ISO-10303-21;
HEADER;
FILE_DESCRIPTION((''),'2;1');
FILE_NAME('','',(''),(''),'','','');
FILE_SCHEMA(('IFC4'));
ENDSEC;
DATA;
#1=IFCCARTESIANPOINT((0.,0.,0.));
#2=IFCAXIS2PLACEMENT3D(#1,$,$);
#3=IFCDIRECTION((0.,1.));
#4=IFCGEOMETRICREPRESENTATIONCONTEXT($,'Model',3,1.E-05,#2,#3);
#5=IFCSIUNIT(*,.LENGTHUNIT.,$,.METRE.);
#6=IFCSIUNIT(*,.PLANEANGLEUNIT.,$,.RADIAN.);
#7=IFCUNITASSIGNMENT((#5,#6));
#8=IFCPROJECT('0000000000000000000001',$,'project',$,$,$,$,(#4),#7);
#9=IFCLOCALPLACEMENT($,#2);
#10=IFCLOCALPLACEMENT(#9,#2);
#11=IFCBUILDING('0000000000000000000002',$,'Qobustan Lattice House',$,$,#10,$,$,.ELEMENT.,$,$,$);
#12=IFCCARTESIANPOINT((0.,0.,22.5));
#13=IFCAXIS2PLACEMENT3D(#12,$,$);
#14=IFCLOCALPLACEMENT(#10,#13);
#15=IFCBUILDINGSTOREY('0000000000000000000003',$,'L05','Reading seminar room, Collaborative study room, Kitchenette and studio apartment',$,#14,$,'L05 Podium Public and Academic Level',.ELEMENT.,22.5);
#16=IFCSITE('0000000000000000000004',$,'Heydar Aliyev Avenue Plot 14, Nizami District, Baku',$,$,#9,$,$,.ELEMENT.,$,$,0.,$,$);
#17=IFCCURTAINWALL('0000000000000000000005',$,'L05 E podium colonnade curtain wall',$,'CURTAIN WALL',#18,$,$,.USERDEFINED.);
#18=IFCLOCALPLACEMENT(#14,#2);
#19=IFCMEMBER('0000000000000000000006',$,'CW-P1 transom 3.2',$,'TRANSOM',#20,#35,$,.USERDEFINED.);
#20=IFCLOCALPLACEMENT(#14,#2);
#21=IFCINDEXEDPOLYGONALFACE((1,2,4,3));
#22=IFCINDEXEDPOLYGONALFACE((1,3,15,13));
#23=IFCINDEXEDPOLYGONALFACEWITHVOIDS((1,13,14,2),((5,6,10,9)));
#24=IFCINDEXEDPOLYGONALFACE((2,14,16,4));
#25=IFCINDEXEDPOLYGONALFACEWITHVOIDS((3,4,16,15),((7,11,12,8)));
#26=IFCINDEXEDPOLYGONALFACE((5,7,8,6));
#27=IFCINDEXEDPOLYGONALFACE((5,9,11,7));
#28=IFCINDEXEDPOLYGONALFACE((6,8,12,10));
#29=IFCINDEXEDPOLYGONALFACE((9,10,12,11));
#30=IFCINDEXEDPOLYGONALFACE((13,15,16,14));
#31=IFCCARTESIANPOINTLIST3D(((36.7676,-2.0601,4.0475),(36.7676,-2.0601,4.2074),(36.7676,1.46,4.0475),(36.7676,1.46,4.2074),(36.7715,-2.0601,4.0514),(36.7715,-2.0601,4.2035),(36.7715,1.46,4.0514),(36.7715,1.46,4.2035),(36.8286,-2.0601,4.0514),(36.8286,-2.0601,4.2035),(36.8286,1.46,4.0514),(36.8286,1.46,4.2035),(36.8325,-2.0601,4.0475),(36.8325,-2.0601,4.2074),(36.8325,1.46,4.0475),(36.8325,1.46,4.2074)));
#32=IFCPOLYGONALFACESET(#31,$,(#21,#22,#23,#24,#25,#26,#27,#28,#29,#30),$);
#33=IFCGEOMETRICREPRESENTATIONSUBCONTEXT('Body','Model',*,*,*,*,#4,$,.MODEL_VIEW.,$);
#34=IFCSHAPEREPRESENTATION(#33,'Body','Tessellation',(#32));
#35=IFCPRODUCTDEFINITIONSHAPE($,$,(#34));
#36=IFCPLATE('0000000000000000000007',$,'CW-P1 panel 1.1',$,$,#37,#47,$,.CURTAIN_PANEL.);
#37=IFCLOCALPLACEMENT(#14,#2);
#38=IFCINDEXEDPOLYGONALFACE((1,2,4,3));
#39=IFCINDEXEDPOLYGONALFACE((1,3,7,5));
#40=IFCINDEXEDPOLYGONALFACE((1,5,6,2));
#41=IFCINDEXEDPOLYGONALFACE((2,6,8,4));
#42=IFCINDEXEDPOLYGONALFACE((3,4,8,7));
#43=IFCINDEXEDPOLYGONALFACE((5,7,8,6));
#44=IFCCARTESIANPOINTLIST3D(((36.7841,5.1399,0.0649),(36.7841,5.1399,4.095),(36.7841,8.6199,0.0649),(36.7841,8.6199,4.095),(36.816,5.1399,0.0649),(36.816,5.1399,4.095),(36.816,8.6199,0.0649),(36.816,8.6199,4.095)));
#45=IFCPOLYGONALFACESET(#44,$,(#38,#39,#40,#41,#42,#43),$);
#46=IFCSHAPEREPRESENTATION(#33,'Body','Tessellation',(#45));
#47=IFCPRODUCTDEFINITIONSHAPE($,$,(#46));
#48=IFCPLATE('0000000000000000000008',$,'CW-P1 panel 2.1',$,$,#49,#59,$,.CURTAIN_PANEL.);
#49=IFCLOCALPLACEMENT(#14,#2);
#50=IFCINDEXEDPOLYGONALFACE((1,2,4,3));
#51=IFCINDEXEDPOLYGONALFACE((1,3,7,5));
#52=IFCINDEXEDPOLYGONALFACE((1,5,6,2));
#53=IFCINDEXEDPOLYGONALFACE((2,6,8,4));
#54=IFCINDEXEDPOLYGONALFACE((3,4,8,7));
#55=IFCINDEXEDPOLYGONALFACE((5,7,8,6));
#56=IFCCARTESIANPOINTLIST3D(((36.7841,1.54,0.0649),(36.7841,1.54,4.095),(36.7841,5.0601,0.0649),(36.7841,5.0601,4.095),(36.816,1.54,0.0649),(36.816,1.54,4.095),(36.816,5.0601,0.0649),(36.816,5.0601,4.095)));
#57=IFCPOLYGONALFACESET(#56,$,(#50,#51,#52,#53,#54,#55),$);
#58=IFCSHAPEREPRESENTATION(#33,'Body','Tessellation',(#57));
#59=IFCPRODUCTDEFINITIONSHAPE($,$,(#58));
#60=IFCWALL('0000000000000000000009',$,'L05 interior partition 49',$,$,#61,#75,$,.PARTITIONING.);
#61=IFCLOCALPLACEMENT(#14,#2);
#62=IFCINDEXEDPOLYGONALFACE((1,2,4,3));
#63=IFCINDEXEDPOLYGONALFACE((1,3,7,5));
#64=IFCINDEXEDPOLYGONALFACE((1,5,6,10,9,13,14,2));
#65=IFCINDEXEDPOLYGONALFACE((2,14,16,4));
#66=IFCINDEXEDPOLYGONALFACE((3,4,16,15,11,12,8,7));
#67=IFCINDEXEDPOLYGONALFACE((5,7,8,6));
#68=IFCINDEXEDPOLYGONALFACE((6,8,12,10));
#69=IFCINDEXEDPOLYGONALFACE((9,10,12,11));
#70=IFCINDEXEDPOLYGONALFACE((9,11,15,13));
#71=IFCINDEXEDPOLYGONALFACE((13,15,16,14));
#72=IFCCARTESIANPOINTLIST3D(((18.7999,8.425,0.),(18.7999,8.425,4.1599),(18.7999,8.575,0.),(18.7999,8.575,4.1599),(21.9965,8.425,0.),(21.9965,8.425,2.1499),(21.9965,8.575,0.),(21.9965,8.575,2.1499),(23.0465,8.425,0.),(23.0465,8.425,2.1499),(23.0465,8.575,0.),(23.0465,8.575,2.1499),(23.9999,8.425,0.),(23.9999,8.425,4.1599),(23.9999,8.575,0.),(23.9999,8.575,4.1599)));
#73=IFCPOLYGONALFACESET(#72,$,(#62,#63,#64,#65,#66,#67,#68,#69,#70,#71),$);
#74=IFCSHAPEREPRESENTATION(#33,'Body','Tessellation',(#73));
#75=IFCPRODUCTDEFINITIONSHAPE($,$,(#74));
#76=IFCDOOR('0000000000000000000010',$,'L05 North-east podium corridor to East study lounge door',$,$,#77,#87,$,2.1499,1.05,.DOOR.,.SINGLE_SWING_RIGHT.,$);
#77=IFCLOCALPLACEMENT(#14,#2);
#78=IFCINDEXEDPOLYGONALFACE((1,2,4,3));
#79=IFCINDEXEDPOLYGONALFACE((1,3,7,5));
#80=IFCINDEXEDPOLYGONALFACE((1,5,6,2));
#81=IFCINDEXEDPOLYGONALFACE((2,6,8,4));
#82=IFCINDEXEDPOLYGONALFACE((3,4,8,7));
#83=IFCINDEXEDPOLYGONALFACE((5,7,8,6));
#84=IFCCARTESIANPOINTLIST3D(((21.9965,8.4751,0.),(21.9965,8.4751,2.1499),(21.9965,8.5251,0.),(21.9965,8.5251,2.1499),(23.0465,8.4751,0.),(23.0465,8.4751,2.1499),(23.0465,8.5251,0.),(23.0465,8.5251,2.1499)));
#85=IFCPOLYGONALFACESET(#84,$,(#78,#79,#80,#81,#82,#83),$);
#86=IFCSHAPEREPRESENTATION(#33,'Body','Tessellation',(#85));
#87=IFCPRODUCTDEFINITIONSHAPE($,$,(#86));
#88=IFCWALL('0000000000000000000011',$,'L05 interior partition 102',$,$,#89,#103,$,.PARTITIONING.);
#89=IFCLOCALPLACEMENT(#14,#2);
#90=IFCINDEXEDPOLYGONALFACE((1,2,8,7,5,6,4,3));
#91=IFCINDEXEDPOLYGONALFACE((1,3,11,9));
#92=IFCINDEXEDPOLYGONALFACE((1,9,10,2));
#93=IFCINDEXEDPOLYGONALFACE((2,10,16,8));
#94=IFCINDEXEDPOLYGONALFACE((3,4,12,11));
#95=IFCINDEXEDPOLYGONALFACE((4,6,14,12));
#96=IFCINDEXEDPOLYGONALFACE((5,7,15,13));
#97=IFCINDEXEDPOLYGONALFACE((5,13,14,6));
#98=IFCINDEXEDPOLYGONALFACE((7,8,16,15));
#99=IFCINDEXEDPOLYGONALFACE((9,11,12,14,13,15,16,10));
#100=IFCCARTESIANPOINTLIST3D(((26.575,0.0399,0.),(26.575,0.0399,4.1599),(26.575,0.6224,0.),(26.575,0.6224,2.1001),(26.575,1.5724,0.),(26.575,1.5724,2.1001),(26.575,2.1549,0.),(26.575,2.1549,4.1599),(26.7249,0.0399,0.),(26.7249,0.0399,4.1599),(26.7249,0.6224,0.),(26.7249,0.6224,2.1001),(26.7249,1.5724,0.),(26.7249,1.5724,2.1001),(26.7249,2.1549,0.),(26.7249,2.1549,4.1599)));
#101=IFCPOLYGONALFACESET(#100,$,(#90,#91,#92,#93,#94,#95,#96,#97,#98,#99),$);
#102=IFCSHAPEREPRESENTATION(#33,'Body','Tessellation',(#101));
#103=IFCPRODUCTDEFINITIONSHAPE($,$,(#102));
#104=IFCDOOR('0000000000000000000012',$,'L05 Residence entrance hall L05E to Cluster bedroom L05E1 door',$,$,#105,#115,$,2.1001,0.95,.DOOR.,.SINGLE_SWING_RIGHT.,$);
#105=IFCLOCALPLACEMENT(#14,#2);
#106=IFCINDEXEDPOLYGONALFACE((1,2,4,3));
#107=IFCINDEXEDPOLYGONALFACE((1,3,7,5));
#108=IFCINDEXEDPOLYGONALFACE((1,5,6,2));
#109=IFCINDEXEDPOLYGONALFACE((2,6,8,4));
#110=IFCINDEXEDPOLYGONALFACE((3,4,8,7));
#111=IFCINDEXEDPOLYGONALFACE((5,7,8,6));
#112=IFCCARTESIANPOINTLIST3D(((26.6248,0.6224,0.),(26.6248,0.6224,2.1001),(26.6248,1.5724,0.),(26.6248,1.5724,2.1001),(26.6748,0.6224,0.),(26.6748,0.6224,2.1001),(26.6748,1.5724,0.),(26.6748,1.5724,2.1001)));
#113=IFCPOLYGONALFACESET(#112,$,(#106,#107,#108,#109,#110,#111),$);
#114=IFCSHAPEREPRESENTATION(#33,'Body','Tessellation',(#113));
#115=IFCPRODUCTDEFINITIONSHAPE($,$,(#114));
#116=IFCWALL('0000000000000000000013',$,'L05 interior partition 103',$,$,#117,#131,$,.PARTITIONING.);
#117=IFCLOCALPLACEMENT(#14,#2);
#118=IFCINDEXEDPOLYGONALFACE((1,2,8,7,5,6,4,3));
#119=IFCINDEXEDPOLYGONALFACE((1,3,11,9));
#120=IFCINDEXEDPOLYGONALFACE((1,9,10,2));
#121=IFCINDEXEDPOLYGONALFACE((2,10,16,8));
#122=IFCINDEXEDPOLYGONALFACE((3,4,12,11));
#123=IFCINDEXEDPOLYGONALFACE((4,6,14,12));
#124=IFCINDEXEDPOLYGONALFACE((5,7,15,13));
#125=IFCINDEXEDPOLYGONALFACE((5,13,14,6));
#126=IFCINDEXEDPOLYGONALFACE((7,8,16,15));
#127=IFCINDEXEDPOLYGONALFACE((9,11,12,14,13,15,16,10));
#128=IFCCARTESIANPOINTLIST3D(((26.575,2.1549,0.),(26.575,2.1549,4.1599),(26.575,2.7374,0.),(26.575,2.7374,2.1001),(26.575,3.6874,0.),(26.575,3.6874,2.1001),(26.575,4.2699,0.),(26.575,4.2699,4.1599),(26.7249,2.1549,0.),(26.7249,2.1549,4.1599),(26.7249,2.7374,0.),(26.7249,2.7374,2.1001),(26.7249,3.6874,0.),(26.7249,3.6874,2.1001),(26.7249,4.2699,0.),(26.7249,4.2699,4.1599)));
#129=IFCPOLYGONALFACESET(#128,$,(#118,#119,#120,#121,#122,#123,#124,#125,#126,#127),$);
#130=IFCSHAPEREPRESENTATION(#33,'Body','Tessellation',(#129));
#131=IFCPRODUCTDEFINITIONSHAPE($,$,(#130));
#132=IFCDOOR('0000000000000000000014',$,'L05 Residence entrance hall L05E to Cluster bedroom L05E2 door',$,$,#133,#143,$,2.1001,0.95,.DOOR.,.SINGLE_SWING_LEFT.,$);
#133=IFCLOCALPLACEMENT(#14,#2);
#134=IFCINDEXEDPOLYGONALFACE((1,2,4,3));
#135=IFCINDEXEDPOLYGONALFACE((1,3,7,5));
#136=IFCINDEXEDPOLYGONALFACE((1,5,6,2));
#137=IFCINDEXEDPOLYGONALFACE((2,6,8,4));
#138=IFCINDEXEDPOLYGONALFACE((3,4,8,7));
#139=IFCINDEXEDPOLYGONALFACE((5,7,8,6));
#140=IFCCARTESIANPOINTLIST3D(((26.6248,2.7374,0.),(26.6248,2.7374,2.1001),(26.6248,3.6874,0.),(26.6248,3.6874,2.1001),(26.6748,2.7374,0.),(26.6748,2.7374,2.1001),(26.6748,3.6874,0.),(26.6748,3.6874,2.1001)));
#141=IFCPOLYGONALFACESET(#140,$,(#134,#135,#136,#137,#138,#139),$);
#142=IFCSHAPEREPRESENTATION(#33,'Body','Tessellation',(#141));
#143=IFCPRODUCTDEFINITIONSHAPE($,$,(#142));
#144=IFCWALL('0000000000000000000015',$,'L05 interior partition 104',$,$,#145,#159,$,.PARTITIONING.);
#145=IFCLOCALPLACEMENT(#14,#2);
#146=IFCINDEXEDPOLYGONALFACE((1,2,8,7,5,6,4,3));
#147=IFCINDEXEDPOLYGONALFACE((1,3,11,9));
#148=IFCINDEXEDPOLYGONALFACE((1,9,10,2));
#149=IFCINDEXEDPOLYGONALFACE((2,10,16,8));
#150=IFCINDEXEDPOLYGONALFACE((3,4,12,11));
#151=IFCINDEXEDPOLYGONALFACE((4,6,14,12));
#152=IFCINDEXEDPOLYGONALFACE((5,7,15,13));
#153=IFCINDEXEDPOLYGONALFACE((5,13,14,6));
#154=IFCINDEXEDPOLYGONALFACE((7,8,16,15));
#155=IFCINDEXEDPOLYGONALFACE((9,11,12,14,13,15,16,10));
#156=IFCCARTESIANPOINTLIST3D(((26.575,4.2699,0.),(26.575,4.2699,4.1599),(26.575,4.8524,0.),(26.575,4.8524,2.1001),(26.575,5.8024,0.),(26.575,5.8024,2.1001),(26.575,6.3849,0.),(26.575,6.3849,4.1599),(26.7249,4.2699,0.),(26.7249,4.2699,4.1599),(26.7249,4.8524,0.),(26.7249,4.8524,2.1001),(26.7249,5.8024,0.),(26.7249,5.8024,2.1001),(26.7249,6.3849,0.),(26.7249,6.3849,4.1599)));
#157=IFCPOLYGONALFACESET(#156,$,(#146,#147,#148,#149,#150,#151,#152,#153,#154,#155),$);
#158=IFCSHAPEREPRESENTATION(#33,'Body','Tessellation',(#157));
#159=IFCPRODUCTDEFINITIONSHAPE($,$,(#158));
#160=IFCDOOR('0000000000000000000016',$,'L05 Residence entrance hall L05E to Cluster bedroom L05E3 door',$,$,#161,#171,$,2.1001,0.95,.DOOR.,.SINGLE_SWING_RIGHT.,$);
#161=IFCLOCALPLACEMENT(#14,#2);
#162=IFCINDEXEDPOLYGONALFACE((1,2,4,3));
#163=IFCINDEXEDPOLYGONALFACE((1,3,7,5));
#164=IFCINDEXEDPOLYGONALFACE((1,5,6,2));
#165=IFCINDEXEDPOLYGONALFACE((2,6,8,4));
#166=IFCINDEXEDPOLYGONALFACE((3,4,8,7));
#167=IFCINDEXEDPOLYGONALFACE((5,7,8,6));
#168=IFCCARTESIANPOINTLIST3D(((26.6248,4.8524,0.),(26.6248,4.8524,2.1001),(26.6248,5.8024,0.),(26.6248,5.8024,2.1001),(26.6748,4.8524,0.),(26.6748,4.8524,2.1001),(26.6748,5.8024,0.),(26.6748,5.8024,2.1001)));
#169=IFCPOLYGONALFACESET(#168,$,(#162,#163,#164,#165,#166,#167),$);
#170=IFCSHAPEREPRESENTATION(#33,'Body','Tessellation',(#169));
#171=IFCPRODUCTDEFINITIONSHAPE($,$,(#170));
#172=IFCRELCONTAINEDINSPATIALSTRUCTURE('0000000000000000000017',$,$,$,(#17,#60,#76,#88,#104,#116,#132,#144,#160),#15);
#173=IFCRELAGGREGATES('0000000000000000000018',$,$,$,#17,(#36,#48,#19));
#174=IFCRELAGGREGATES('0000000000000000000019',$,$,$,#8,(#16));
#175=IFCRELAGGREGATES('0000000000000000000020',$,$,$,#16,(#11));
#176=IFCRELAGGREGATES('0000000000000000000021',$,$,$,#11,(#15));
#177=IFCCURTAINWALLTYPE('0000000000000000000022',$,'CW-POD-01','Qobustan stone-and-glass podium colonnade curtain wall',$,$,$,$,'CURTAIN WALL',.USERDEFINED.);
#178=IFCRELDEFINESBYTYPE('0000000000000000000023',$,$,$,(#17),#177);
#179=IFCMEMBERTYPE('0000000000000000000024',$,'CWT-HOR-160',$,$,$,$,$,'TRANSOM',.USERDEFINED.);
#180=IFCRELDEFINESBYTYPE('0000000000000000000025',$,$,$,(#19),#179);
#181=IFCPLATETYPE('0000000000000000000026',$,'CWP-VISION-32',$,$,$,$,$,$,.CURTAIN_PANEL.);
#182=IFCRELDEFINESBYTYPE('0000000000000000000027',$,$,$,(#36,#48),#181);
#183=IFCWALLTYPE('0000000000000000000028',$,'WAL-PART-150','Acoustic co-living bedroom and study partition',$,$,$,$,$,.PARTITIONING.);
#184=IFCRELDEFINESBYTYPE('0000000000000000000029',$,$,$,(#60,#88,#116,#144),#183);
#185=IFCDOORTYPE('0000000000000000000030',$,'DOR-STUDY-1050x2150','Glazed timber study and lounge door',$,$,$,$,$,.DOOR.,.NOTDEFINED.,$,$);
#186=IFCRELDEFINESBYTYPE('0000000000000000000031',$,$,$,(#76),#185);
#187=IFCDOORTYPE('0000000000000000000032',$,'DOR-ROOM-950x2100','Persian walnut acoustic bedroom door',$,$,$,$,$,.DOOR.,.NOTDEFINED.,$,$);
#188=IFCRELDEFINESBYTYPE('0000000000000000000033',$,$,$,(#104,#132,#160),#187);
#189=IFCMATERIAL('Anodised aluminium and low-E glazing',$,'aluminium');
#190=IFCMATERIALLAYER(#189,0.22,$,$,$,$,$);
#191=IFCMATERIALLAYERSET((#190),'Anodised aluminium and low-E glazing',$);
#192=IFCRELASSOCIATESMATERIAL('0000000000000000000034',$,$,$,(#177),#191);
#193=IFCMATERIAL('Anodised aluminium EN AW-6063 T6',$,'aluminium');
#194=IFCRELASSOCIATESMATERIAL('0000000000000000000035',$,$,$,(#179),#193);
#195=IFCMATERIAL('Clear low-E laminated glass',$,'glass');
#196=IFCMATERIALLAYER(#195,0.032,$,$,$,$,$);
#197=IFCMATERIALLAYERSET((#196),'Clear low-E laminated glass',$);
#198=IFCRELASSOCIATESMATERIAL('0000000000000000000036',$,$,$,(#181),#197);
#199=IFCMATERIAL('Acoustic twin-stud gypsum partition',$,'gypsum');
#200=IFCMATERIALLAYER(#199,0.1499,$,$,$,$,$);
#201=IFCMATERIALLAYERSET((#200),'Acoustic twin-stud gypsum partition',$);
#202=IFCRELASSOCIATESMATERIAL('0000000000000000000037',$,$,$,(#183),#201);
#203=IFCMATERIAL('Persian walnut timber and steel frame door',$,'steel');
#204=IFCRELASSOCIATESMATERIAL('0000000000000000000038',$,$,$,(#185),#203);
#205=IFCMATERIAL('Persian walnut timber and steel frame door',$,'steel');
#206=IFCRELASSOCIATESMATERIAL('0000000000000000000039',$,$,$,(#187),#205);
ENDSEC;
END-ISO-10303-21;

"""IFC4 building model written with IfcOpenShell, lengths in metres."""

from ifc_helpers import new_model, si_unit, direction, frame, frame_2d, origin, origin_2d, place, context, subcontext, project, spatial, rectangle, hollow_rectangle, extrude, material, layer, layer_set, material_profile, profile_set, type_object, element, fill, aggregate, save


model = new_model("IFC4")

# Units and contexts
model_context = context("Model", 3, precision=1e-05, world=origin(), true_north=direction((0.0, 1.0)))
body_context = subcontext(model_context, "Body", "Model", "MODEL_VIEW")
ifc_project = project(units=[si_unit("LENGTHUNIT", "METRE"), si_unit("PLANEANGLEUNIT", "RADIAN")], contexts=[model_context])

# Site, building, storey
site_placement = place(None, origin())
site = spatial("IfcSite", under=ifc_project, at=site_placement, Name="Heydar Aliyev Avenue Plot 14, Nizami District, Baku", CompositionType="ELEMENT", RefElevation=0.0)
building_placement = place(site_placement, origin())
building = spatial("IfcBuilding", under=site, at=building_placement, Name="Qobustan Lattice House", CompositionType="ELEMENT")
storey_placement = place(building_placement, frame((0.0, 0.0, 22.5)))
storey = spatial("IfcBuildingStorey", under=building, at=storey_placement, Name="L05", Description="Reading seminar room, Collaborative study room, Kitchenette and studio apartment", LongName="L05 Podium Public and Academic Level", CompositionType="ELEMENT", Elevation=22.5)

# Curtain wall, member, plates
ifc_material_1 = material(Name="Anodised aluminium and low-E glazing", Category="aluminium")
ifc_layer_1 = layer(ifc_material_1, 0.22)
ifc_layer_set_1 = layer_set([ifc_layer_1], Name="Anodised aluminium and low-E glazing")
curtain_wall_type = type_object("IfcCurtainWallType", Name="CW-POD-01", Description="Qobustan stone-and-glass podium colonnade curtain wall", ElementType="CURTAIN WALL", PredefinedType="USERDEFINED", material=ifc_layer_set_1)
curtain_wall_placement = place(storey_placement, origin())
curtain_wall = element("IfcCurtainWall", 1, at=curtain_wall_placement, inside=storey, type_object=curtain_wall_type, Name="L05 E podium colonnade curtain wall", ObjectType="CURTAIN WALL", PredefinedType="USERDEFINED")
ifc_material_2 = material(Name="Anodised aluminium EN AW-6063 T6", Category="aluminium")
ifc_material_profile_1 = material_profile(ifc_material_2, hollow_rectangle(XDim=0.0649, YDim=0.1599, WallThickness=0.0039, at=origin_2d()), Name="CWT-160x65")
ifc_profile_set_1 = profile_set([ifc_material_profile_1], Name="Anodised aluminium EN AW-6063 T6")
member_type_1 = type_object("IfcMemberType", Name="CWT-HOR-160", ElementType="TRANSOM", PredefinedType="USERDEFINED", material=ifc_profile_set_1)
member_1_placement = place(storey_placement, frame((36.8, 1.46, 4.1274), z_axis=(0.0, -1.0, 0.0), x_axis=(1.0, 0.0, 0.0)))
member_1 = element("IfcMember", 2, at=member_1_placement, type_object=member_type_1, Name="CW-P1 transom 3.2", ObjectType="TRANSOM", PredefinedType="USERDEFINED", context=body_context, shape_type="SweptSolid", body=[
    extrude(hollow_rectangle(XDim=0.0649, YDim=0.1599, WallThickness=0.0039, at=origin_2d()), origin(), (0.0, 0.0, 1.0), 3.52),
])
ifc_material_3 = material(Name="Clear low-E laminated glass", Category="glass")
ifc_layer_2 = layer(ifc_material_3, 0.032)
ifc_layer_set_2 = layer_set([ifc_layer_2], Name="Clear low-E laminated glass")
plate_type = type_object("IfcPlateType", Name="CWP-VISION-32", PredefinedType="CURTAIN_PANEL", material=ifc_layer_set_2)
plate_1_placement = place(storey_placement, frame((36.8, 6.8799, 0.0649), z_axis=(0.0, 0.0, 1.0), x_axis=(0.0, -1.0, 0.0)))
plate_1 = element("IfcPlate", 3, at=plate_1_placement, type_object=plate_type, Name="CW-P1 panel 1.1", PredefinedType="CURTAIN_PANEL", context=body_context, shape_type="SweptSolid", body=[
    extrude(rectangle(XDim=3.48, YDim=0.032, at=origin_2d()), origin(), (0.0, 0.0, 1.0), 4.03),
])
plate_2_placement = place(storey_placement, frame((36.8, 3.3, 0.0649), z_axis=(0.0, 0.0, 1.0), x_axis=(0.0, -1.0, 0.0)))
plate_2 = element("IfcPlate", 4, at=plate_2_placement, type_object=plate_type, Name="CW-P1 panel 2.1", PredefinedType="CURTAIN_PANEL", context=body_context, shape_type="SweptSolid", body=[
    extrude(rectangle(XDim=3.52, YDim=0.032, at=origin_2d()), origin(), (0.0, 0.0, 1.0), 4.03),
])
aggregate(curtain_wall, [plate_1, plate_2, member_1])

# Walls, openings, doors
ifc_material_4 = material(Name="Acoustic twin-stud gypsum partition", Category="gypsum")
ifc_layer_3 = layer(ifc_material_4, 0.1499)
ifc_layer_set_3 = layer_set([ifc_layer_3], Name="Acoustic twin-stud gypsum partition")
wall_type = type_object("IfcWallType", Name="WAL-PART-150", Description="Acoustic co-living bedroom and study partition", PredefinedType="PARTITIONING", material=ifc_layer_set_3)
wall_1_placement = place(storey_placement, frame((24.0, 8.5, 0.0), z_axis=(0.0, 0.0, 1.0), x_axis=(-1.0, 0.0, 0.0)))
wall_1 = element("IfcWall", 5, at=wall_1_placement, inside=storey, type_object=wall_type, Name="L05 interior partition 49", PredefinedType="PARTITIONING", context=body_context, shape_type="SweptSolid", body=[
    extrude(rectangle(XDim=5.2, YDim=0.1499, at=frame_2d((2.6001, 0.0))), origin(), (0.0, 0.0, 1.0), 4.1599),
])
opening_1_placement = place(wall_1_placement, frame((0.9536, 0.0, 0.0)))
opening_1 = element("IfcOpeningElement", 6, at=opening_1_placement, cuts=wall_1, PredefinedType="OPENING", context=body_context, shape_type="SweptSolid", body=[
    extrude(rectangle(XDim=1.05, YDim=2.1499, at=frame_2d((0.5249, 1.075))), frame((0.0, 0.085, 0.0), z_axis=(0.0, -1.0, 0.0), x_axis=(1.0, 0.0, 0.0)), (0.0, 0.0, 1.0), 0.1699),
])
ifc_material_5 = material(Name="Persian walnut timber and steel frame door", Category="steel")
door_type_1 = type_object("IfcDoorType", Name="DOR-STUDY-1050x2150", Description="Glazed timber study and lounge door", OperationType="NOTDEFINED", PredefinedType="DOOR", material=ifc_material_5)
door_1_placement = place(opening_1_placement, origin())
door_1 = element("IfcDoor", 7, at=door_1_placement, inside=storey, type_object=door_type_1, Name="L05 North-east podium corridor to East study lounge door", OperationType="SINGLE_SWING_RIGHT", OverallHeight=2.1499, OverallWidth=1.05, PredefinedType="DOOR", context=body_context, shape_type="SweptSolid", body=[
    extrude(rectangle(XDim=1.05, YDim=2.1499, at=frame_2d((0.5249, 1.075))), frame((0.0, 0.0249, 0.0), z_axis=(0.0, -1.0, 0.0), x_axis=(1.0, 0.0, 0.0)), (0.0, 0.0, 1.0), 0.05),
])
fill(opening_1, door_1)
wall_2_placement = place(storey_placement, frame((26.6499, 2.155, 0.0), z_axis=(0.0, 0.0, 1.0), x_axis=(0.0, -1.0, 0.0)))
wall_2 = element("IfcWall", 8, at=wall_2_placement, inside=storey, type_object=wall_type, Name="L05 interior partition 102", PredefinedType="PARTITIONING", context=body_context, shape_type="SweptSolid", body=[
    extrude(rectangle(XDim=2.115, YDim=0.1499, at=frame_2d((1.0576, 0.0))), origin(), (0.0, 0.0, 1.0), 4.1599),
])
opening_2_placement = place(wall_2_placement, frame((0.5825, 0.0, 0.0)))
opening_2 = element("IfcOpeningElement", 9, at=opening_2_placement, cuts=wall_2, PredefinedType="OPENING", context=body_context, shape_type="SweptSolid", body=[
    extrude(rectangle(XDim=0.95, YDim=2.1001, at=frame_2d((0.4751, 1.05))), frame((0.0, 0.085, 0.0), z_axis=(0.0, -1.0, 0.0), x_axis=(1.0, 0.0, 0.0)), (0.0, 0.0, 1.0), 0.1699),
])
ifc_material_6 = material(Name="Persian walnut timber and steel frame door", Category="steel")
door_type_2 = type_object("IfcDoorType", Name="DOR-ROOM-950x2100", Description="Persian walnut acoustic bedroom door", OperationType="NOTDEFINED", PredefinedType="DOOR", material=ifc_material_6)
door_2_placement = place(opening_2_placement, origin())
door_2 = element("IfcDoor", 10, at=door_2_placement, inside=storey, type_object=door_type_2, Name="L05 Residence entrance hall L05E to Cluster bedroom L05E1 door", OperationType="SINGLE_SWING_RIGHT", OverallHeight=2.1001, OverallWidth=0.95, PredefinedType="DOOR", context=body_context, shape_type="SweptSolid", body=[
    extrude(rectangle(XDim=0.95, YDim=2.1001, at=frame_2d((0.4751, 1.05))), frame((0.0, 0.0249, 0.0), z_axis=(0.0, -1.0, 0.0), x_axis=(1.0, 0.0, 0.0)), (0.0, 0.0, 1.0), 0.05),
])
fill(opening_2, door_2)
wall_3_placement = place(storey_placement, frame((26.6499, 4.27, 0.0), z_axis=(0.0, 0.0, 1.0), x_axis=(0.0, -1.0, 0.0)))
wall_3 = element("IfcWall", 11, at=wall_3_placement, inside=storey, type_object=wall_type, Name="L05 interior partition 103", PredefinedType="PARTITIONING", context=body_context, shape_type="SweptSolid", body=[
    extrude(rectangle(XDim=2.115, YDim=0.1499, at=frame_2d((1.0576, 0.0))), origin(), (0.0, 0.0, 1.0), 4.1599),
])
opening_3_placement = place(wall_3_placement, frame((0.5825, 0.0, 0.0)))
opening_3 = element("IfcOpeningElement", 12, at=opening_3_placement, cuts=wall_3, PredefinedType="OPENING", context=body_context, shape_type="SweptSolid", body=[
    extrude(rectangle(XDim=0.95, YDim=2.1001, at=frame_2d((0.4751, 1.05))), frame((0.0, 0.085, 0.0), z_axis=(0.0, -1.0, 0.0), x_axis=(1.0, 0.0, 0.0)), (0.0, 0.0, 1.0), 0.1699),
])
door_3_placement = place(opening_3_placement, origin())
door_3 = element("IfcDoor", 13, at=door_3_placement, inside=storey, type_object=door_type_2, Name="L05 Residence entrance hall L05E to Cluster bedroom L05E2 door", OperationType="SINGLE_SWING_LEFT", OverallHeight=2.1001, OverallWidth=0.95, PredefinedType="DOOR", context=body_context, shape_type="SweptSolid", body=[
    extrude(rectangle(XDim=0.95, YDim=2.1001, at=frame_2d((0.4751, 1.05))), frame((0.0, 0.0249, 0.0), z_axis=(0.0, -1.0, 0.0), x_axis=(1.0, 0.0, 0.0)), (0.0, 0.0, 1.0), 0.05),
])
fill(opening_3, door_3)
wall_4_placement = place(storey_placement, frame((26.6499, 6.385, 0.0), z_axis=(0.0, 0.0, 1.0), x_axis=(0.0, -1.0, 0.0)))
wall_4 = element("IfcWall", 14, at=wall_4_placement, inside=storey, type_object=wall_type, Name="L05 interior partition 104", PredefinedType="PARTITIONING", context=body_context, shape_type="SweptSolid", body=[
    extrude(rectangle(XDim=2.115, YDim=0.1499, at=frame_2d((1.0576, 0.0))), origin(), (0.0, 0.0, 1.0), 4.1599),
])
opening_4_placement = place(wall_4_placement, frame((0.5825, 0.0, 0.0)))
opening_4 = element("IfcOpeningElement", 15, at=opening_4_placement, cuts=wall_4, PredefinedType="OPENING", context=body_context, shape_type="SweptSolid", body=[
    extrude(rectangle(XDim=0.95, YDim=2.1001, at=frame_2d((0.4751, 1.05))), frame((0.0, 0.085, 0.0), z_axis=(0.0, -1.0, 0.0), x_axis=(1.0, 0.0, 0.0)), (0.0, 0.0, 1.0), 0.1699),
])
door_4_placement = place(opening_4_placement, origin())
door_4 = element("IfcDoor", 16, at=door_4_placement, inside=storey, type_object=door_type_2, Name="L05 Residence entrance hall L05E to Cluster bedroom L05E3 door", OperationType="SINGLE_SWING_RIGHT", OverallHeight=2.1001, OverallWidth=0.95, PredefinedType="DOOR", context=body_context, shape_type="SweptSolid", body=[
    extrude(rectangle(XDim=0.95, YDim=2.1001, at=frame_2d((0.4751, 1.05))), frame((0.0, 0.0249, 0.0), z_axis=(0.0, -1.0, 0.0), x_axis=(1.0, 0.0, 0.0)), (0.0, 0.0, 1.0), 0.05),
])
fill(opening_4, door_4)

save(model, "model.ifc")
